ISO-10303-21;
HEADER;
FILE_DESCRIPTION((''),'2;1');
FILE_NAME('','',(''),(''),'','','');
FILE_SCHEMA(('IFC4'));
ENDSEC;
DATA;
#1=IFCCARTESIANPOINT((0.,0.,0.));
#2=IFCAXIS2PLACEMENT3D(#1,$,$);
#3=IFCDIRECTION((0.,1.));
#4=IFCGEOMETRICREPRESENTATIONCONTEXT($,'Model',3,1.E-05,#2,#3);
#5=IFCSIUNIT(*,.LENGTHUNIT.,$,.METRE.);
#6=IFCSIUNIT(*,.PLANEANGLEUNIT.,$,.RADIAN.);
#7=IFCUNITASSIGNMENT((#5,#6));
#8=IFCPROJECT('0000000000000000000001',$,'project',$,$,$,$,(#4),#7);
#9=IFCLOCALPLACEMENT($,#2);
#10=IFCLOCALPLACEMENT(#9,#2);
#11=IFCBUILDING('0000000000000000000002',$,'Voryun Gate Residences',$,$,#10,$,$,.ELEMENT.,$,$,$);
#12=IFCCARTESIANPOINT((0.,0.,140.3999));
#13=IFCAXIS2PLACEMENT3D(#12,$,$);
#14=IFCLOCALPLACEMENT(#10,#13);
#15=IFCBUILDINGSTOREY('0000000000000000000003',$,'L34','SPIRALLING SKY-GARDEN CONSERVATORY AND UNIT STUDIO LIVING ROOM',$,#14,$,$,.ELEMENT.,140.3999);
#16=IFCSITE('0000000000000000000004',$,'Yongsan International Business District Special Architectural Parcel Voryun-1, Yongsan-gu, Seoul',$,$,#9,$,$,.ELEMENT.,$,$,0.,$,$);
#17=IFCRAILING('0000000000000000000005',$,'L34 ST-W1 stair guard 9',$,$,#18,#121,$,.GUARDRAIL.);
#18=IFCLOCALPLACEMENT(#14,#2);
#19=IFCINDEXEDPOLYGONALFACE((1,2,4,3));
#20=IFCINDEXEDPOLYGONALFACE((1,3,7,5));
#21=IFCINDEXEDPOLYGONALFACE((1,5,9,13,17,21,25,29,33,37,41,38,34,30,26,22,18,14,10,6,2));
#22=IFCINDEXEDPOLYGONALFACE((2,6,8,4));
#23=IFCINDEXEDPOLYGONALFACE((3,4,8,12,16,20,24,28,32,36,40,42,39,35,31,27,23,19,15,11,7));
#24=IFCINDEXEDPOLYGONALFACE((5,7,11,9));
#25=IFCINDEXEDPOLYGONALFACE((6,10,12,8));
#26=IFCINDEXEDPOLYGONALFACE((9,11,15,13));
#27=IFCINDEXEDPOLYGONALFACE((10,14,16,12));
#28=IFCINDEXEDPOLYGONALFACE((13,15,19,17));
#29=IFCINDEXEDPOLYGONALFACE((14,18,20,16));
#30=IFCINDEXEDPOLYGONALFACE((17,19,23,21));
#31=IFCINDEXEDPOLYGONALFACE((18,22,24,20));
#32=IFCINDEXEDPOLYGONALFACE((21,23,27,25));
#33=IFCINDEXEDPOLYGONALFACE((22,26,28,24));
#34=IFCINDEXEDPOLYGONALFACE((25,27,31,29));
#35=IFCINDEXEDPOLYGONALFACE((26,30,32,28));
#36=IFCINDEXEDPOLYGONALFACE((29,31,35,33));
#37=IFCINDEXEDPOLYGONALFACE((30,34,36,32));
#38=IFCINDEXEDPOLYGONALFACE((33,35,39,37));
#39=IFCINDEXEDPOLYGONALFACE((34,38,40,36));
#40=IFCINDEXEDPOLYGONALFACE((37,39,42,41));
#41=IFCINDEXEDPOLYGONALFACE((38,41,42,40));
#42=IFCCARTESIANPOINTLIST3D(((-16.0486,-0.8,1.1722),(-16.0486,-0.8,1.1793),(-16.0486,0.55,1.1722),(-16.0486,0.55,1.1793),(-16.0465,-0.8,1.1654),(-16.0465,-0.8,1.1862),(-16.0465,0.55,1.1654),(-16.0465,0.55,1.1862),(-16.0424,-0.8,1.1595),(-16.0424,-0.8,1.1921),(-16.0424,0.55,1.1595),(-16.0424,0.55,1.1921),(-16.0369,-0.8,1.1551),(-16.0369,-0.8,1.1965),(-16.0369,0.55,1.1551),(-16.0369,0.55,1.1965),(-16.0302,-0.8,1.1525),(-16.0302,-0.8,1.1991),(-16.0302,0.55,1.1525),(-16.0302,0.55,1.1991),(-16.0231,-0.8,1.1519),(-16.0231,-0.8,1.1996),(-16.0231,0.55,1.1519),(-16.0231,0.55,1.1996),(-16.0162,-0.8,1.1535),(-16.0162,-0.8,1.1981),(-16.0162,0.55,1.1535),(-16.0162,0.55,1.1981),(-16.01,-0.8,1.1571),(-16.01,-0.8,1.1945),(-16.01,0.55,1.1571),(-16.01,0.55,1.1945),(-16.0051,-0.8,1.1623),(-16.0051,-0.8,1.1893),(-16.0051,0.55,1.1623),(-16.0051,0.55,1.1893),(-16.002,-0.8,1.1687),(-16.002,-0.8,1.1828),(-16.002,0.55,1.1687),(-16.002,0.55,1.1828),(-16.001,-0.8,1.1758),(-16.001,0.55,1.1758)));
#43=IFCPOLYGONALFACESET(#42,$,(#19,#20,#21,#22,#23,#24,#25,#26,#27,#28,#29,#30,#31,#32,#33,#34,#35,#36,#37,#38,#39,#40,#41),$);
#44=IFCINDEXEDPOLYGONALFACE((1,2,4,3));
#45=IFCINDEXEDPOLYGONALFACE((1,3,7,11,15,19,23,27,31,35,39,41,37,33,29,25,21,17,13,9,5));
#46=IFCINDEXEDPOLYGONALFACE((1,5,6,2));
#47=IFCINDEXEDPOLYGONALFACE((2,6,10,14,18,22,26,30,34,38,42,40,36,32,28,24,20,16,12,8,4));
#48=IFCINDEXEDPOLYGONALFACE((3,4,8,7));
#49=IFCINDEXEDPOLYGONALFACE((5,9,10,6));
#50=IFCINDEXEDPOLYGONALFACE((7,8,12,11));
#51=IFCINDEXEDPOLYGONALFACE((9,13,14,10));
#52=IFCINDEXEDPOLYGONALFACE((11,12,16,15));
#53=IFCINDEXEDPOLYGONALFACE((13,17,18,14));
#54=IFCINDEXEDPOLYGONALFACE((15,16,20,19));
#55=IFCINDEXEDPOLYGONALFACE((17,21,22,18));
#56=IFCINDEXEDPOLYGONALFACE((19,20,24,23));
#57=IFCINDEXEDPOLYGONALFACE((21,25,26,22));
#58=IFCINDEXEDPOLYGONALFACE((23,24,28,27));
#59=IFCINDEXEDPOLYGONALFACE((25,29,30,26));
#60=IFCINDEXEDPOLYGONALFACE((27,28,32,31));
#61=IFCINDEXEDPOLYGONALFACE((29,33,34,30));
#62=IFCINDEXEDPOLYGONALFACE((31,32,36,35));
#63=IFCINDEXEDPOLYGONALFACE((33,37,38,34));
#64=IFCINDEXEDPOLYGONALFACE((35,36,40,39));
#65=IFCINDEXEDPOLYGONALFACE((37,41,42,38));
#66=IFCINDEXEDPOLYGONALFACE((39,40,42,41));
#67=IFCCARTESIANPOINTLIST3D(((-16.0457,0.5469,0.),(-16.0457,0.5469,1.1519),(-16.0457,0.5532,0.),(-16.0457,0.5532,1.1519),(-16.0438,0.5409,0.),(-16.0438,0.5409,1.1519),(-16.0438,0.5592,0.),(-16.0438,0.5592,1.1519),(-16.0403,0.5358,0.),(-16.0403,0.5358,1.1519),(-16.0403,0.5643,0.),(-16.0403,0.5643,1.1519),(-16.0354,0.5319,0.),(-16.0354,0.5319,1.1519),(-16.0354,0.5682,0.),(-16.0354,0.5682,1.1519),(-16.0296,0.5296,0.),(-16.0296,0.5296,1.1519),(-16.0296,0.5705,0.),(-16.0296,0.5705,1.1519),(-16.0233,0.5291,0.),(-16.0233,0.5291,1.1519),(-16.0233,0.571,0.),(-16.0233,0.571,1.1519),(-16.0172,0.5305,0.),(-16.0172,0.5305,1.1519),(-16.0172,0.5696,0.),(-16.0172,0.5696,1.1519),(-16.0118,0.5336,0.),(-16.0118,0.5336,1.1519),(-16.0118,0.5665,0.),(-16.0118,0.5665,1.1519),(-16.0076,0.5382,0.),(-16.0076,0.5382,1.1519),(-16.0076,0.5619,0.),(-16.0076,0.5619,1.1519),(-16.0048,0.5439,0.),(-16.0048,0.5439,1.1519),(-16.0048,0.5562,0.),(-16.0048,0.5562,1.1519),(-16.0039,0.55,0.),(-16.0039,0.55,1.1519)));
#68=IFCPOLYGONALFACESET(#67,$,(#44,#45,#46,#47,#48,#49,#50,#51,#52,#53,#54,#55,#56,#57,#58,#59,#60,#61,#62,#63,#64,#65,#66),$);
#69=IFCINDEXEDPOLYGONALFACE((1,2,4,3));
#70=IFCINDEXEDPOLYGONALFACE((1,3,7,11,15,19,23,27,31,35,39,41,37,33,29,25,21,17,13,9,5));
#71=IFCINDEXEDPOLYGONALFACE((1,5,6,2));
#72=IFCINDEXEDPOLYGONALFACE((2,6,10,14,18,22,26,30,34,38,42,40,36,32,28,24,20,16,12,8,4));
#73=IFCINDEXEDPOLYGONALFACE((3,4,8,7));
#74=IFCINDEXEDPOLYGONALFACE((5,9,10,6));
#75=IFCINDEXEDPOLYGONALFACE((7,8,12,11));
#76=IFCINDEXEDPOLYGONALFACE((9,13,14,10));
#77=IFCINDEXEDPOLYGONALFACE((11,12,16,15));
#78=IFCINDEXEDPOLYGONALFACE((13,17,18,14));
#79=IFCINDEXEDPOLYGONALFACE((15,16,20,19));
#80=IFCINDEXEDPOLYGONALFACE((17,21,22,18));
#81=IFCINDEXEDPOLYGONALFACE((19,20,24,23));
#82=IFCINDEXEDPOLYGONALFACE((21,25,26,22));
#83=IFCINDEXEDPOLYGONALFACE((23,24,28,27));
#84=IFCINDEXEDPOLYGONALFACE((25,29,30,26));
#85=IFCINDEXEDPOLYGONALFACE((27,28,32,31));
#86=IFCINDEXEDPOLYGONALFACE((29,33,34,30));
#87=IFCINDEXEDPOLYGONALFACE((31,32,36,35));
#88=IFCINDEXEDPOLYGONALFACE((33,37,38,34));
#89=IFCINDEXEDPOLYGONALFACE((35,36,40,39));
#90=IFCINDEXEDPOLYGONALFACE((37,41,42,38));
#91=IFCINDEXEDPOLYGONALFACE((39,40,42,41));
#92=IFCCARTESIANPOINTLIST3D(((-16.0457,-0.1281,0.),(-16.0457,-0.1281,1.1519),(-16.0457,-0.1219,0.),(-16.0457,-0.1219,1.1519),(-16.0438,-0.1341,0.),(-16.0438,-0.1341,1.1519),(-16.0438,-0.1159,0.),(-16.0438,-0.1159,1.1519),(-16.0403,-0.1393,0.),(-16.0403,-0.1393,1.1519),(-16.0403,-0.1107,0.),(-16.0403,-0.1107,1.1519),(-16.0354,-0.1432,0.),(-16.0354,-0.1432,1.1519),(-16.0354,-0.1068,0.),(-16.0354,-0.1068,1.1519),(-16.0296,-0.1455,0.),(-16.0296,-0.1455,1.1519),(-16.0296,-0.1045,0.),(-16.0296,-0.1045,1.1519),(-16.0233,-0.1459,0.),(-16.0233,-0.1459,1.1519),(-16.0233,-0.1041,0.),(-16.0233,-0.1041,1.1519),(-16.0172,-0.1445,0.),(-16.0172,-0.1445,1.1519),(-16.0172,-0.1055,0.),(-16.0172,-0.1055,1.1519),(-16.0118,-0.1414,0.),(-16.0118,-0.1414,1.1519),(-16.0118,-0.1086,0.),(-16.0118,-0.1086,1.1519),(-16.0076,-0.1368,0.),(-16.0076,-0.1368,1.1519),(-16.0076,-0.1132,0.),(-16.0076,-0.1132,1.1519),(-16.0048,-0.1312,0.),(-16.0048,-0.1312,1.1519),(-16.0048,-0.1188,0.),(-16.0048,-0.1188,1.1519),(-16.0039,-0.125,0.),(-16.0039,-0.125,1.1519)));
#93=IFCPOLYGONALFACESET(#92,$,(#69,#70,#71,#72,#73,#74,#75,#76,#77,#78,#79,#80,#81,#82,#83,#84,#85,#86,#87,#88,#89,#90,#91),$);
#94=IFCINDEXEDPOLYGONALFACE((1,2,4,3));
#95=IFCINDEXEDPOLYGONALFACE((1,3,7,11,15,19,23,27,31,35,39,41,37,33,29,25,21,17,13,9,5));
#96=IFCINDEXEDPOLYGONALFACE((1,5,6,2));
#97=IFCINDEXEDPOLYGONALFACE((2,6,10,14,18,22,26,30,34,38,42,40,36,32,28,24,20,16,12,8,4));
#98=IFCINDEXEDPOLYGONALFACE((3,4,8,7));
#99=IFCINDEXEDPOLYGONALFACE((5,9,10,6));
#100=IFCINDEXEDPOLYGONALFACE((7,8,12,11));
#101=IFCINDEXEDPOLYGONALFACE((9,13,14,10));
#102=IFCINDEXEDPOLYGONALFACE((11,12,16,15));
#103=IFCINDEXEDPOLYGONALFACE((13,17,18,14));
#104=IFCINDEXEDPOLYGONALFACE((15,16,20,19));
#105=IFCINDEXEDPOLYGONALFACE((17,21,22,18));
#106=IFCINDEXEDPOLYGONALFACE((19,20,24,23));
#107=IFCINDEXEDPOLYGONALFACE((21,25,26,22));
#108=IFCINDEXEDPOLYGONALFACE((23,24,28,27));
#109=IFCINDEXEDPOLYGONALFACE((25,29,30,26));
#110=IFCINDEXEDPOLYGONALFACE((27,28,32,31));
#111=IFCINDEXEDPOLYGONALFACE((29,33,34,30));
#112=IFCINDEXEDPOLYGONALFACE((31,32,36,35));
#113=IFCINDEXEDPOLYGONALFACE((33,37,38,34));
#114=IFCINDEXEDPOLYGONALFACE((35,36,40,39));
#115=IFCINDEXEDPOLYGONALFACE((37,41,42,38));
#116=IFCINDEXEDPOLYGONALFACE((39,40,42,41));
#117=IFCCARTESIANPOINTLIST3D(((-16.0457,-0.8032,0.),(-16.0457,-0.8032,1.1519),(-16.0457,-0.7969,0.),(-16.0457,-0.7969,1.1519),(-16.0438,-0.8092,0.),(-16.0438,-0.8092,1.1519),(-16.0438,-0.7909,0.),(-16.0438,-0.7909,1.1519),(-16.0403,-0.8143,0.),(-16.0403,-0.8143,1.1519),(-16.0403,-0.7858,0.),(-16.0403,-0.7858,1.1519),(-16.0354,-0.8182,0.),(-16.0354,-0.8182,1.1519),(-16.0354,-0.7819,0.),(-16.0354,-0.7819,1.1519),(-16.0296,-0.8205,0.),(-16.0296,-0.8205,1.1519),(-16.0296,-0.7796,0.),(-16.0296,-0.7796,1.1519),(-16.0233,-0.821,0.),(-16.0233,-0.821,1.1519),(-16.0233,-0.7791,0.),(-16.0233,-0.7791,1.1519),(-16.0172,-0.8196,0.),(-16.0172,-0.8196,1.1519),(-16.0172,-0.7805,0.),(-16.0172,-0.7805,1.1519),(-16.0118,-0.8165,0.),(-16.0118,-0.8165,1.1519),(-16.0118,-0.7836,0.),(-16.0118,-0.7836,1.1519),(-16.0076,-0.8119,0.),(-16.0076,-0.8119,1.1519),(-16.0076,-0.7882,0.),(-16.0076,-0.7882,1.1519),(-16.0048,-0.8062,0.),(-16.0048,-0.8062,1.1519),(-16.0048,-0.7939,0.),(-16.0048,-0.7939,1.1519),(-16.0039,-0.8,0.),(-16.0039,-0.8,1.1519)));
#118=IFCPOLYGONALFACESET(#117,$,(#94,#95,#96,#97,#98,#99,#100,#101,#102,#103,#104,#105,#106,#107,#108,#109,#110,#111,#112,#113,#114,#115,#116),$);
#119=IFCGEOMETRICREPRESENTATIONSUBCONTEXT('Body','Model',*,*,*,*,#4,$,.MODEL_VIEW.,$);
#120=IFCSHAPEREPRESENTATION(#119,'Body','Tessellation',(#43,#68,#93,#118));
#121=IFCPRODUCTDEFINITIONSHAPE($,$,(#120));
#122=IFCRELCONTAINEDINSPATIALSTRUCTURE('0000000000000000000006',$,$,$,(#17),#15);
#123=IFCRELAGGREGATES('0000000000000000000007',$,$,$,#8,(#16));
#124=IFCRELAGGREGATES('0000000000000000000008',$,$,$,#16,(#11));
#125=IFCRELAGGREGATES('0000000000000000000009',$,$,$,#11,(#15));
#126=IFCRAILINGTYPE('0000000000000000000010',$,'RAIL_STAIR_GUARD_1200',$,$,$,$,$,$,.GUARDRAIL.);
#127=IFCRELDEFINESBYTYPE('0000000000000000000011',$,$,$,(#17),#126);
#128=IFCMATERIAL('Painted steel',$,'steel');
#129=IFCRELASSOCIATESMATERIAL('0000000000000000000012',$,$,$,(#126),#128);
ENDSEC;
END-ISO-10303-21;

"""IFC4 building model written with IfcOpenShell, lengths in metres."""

from ifc_helpers import new_model, si_unit, direction, frame, origin, origin_2d, place, context, subcontext, project, spatial, circle, extrude, material, type_object, element, save


model = new_model("IFC4")

# Units and contexts
model_context = context("Model", 3, precision=1e-05, world=origin(), true_north=direction((0.0, 1.0)))
body_context = subcontext(model_context, "Body", "Model", "MODEL_VIEW")
ifc_project = project(units=[si_unit("LENGTHUNIT", "METRE"), si_unit("PLANEANGLEUNIT", "RADIAN")], contexts=[model_context])

# Site, building, storey
site_placement = place(None, origin())
site = spatial("IfcSite", under=ifc_project, at=site_placement, Name="Yongsan International Business District Special Architectural Parcel Voryun-1, Yongsan-gu, Seoul", CompositionType="ELEMENT", RefElevation=0.0)
building_placement = place(site_placement, origin())
building = spatial("IfcBuilding", under=site, at=building_placement, Name="Voryun Gate Residences", CompositionType="ELEMENT")
storey_placement = place(building_placement, frame((0.0, 0.0, 140.3999)))
storey = spatial("IfcBuildingStorey", under=building, at=storey_placement, Name="L34", Description="SPIRALLING SKY-GARDEN CONSERVATORY AND UNIT STUDIO LIVING ROOM", CompositionType="ELEMENT", Elevation=140.3999)

# Railing
ifc_material_1 = material(Name="Painted steel", Category="steel")
railing_type_1 = type_object("IfcRailingType", Name="RAIL_STAIR_GUARD_1200", PredefinedType="GUARDRAIL", material=ifc_material_1)
for number, where, name in (
    (1, (-16.0249, 0.55, 0.0), "L34 ST-W1 stair guard 9"),
):
    element("IfcRailing", number, at=place(storey_placement, frame(where)), inside=storey, type_object=railing_type_1, Name=name, PredefinedType="GUARDRAIL", context=body_context, shape_type="SweptSolid", body=[
        extrude(circle(Radius=0.0239, at=origin_2d()), frame((0.0, 0.0, 1.1758), z_axis=(0.0, -1.0, 0.0), x_axis=(1.0, 0.0, 0.0)), (0.0, 0.0, 1.0), 1.3501),
        extrude(circle(Radius=0.021, at=origin_2d()), origin(), (0.0, 0.0, 1.0), 1.1519),
        extrude(circle(Radius=0.021, at=origin_2d()), frame((0.0, -0.675, 0.0)), (0.0, 0.0, 1.0), 1.1519),
        extrude(circle(Radius=0.021, at=origin_2d()), frame((0.0, -1.3501, 0.0)), (0.0, 0.0, 1.0), 1.1519),
    ])

save(model, "model.ifc")
